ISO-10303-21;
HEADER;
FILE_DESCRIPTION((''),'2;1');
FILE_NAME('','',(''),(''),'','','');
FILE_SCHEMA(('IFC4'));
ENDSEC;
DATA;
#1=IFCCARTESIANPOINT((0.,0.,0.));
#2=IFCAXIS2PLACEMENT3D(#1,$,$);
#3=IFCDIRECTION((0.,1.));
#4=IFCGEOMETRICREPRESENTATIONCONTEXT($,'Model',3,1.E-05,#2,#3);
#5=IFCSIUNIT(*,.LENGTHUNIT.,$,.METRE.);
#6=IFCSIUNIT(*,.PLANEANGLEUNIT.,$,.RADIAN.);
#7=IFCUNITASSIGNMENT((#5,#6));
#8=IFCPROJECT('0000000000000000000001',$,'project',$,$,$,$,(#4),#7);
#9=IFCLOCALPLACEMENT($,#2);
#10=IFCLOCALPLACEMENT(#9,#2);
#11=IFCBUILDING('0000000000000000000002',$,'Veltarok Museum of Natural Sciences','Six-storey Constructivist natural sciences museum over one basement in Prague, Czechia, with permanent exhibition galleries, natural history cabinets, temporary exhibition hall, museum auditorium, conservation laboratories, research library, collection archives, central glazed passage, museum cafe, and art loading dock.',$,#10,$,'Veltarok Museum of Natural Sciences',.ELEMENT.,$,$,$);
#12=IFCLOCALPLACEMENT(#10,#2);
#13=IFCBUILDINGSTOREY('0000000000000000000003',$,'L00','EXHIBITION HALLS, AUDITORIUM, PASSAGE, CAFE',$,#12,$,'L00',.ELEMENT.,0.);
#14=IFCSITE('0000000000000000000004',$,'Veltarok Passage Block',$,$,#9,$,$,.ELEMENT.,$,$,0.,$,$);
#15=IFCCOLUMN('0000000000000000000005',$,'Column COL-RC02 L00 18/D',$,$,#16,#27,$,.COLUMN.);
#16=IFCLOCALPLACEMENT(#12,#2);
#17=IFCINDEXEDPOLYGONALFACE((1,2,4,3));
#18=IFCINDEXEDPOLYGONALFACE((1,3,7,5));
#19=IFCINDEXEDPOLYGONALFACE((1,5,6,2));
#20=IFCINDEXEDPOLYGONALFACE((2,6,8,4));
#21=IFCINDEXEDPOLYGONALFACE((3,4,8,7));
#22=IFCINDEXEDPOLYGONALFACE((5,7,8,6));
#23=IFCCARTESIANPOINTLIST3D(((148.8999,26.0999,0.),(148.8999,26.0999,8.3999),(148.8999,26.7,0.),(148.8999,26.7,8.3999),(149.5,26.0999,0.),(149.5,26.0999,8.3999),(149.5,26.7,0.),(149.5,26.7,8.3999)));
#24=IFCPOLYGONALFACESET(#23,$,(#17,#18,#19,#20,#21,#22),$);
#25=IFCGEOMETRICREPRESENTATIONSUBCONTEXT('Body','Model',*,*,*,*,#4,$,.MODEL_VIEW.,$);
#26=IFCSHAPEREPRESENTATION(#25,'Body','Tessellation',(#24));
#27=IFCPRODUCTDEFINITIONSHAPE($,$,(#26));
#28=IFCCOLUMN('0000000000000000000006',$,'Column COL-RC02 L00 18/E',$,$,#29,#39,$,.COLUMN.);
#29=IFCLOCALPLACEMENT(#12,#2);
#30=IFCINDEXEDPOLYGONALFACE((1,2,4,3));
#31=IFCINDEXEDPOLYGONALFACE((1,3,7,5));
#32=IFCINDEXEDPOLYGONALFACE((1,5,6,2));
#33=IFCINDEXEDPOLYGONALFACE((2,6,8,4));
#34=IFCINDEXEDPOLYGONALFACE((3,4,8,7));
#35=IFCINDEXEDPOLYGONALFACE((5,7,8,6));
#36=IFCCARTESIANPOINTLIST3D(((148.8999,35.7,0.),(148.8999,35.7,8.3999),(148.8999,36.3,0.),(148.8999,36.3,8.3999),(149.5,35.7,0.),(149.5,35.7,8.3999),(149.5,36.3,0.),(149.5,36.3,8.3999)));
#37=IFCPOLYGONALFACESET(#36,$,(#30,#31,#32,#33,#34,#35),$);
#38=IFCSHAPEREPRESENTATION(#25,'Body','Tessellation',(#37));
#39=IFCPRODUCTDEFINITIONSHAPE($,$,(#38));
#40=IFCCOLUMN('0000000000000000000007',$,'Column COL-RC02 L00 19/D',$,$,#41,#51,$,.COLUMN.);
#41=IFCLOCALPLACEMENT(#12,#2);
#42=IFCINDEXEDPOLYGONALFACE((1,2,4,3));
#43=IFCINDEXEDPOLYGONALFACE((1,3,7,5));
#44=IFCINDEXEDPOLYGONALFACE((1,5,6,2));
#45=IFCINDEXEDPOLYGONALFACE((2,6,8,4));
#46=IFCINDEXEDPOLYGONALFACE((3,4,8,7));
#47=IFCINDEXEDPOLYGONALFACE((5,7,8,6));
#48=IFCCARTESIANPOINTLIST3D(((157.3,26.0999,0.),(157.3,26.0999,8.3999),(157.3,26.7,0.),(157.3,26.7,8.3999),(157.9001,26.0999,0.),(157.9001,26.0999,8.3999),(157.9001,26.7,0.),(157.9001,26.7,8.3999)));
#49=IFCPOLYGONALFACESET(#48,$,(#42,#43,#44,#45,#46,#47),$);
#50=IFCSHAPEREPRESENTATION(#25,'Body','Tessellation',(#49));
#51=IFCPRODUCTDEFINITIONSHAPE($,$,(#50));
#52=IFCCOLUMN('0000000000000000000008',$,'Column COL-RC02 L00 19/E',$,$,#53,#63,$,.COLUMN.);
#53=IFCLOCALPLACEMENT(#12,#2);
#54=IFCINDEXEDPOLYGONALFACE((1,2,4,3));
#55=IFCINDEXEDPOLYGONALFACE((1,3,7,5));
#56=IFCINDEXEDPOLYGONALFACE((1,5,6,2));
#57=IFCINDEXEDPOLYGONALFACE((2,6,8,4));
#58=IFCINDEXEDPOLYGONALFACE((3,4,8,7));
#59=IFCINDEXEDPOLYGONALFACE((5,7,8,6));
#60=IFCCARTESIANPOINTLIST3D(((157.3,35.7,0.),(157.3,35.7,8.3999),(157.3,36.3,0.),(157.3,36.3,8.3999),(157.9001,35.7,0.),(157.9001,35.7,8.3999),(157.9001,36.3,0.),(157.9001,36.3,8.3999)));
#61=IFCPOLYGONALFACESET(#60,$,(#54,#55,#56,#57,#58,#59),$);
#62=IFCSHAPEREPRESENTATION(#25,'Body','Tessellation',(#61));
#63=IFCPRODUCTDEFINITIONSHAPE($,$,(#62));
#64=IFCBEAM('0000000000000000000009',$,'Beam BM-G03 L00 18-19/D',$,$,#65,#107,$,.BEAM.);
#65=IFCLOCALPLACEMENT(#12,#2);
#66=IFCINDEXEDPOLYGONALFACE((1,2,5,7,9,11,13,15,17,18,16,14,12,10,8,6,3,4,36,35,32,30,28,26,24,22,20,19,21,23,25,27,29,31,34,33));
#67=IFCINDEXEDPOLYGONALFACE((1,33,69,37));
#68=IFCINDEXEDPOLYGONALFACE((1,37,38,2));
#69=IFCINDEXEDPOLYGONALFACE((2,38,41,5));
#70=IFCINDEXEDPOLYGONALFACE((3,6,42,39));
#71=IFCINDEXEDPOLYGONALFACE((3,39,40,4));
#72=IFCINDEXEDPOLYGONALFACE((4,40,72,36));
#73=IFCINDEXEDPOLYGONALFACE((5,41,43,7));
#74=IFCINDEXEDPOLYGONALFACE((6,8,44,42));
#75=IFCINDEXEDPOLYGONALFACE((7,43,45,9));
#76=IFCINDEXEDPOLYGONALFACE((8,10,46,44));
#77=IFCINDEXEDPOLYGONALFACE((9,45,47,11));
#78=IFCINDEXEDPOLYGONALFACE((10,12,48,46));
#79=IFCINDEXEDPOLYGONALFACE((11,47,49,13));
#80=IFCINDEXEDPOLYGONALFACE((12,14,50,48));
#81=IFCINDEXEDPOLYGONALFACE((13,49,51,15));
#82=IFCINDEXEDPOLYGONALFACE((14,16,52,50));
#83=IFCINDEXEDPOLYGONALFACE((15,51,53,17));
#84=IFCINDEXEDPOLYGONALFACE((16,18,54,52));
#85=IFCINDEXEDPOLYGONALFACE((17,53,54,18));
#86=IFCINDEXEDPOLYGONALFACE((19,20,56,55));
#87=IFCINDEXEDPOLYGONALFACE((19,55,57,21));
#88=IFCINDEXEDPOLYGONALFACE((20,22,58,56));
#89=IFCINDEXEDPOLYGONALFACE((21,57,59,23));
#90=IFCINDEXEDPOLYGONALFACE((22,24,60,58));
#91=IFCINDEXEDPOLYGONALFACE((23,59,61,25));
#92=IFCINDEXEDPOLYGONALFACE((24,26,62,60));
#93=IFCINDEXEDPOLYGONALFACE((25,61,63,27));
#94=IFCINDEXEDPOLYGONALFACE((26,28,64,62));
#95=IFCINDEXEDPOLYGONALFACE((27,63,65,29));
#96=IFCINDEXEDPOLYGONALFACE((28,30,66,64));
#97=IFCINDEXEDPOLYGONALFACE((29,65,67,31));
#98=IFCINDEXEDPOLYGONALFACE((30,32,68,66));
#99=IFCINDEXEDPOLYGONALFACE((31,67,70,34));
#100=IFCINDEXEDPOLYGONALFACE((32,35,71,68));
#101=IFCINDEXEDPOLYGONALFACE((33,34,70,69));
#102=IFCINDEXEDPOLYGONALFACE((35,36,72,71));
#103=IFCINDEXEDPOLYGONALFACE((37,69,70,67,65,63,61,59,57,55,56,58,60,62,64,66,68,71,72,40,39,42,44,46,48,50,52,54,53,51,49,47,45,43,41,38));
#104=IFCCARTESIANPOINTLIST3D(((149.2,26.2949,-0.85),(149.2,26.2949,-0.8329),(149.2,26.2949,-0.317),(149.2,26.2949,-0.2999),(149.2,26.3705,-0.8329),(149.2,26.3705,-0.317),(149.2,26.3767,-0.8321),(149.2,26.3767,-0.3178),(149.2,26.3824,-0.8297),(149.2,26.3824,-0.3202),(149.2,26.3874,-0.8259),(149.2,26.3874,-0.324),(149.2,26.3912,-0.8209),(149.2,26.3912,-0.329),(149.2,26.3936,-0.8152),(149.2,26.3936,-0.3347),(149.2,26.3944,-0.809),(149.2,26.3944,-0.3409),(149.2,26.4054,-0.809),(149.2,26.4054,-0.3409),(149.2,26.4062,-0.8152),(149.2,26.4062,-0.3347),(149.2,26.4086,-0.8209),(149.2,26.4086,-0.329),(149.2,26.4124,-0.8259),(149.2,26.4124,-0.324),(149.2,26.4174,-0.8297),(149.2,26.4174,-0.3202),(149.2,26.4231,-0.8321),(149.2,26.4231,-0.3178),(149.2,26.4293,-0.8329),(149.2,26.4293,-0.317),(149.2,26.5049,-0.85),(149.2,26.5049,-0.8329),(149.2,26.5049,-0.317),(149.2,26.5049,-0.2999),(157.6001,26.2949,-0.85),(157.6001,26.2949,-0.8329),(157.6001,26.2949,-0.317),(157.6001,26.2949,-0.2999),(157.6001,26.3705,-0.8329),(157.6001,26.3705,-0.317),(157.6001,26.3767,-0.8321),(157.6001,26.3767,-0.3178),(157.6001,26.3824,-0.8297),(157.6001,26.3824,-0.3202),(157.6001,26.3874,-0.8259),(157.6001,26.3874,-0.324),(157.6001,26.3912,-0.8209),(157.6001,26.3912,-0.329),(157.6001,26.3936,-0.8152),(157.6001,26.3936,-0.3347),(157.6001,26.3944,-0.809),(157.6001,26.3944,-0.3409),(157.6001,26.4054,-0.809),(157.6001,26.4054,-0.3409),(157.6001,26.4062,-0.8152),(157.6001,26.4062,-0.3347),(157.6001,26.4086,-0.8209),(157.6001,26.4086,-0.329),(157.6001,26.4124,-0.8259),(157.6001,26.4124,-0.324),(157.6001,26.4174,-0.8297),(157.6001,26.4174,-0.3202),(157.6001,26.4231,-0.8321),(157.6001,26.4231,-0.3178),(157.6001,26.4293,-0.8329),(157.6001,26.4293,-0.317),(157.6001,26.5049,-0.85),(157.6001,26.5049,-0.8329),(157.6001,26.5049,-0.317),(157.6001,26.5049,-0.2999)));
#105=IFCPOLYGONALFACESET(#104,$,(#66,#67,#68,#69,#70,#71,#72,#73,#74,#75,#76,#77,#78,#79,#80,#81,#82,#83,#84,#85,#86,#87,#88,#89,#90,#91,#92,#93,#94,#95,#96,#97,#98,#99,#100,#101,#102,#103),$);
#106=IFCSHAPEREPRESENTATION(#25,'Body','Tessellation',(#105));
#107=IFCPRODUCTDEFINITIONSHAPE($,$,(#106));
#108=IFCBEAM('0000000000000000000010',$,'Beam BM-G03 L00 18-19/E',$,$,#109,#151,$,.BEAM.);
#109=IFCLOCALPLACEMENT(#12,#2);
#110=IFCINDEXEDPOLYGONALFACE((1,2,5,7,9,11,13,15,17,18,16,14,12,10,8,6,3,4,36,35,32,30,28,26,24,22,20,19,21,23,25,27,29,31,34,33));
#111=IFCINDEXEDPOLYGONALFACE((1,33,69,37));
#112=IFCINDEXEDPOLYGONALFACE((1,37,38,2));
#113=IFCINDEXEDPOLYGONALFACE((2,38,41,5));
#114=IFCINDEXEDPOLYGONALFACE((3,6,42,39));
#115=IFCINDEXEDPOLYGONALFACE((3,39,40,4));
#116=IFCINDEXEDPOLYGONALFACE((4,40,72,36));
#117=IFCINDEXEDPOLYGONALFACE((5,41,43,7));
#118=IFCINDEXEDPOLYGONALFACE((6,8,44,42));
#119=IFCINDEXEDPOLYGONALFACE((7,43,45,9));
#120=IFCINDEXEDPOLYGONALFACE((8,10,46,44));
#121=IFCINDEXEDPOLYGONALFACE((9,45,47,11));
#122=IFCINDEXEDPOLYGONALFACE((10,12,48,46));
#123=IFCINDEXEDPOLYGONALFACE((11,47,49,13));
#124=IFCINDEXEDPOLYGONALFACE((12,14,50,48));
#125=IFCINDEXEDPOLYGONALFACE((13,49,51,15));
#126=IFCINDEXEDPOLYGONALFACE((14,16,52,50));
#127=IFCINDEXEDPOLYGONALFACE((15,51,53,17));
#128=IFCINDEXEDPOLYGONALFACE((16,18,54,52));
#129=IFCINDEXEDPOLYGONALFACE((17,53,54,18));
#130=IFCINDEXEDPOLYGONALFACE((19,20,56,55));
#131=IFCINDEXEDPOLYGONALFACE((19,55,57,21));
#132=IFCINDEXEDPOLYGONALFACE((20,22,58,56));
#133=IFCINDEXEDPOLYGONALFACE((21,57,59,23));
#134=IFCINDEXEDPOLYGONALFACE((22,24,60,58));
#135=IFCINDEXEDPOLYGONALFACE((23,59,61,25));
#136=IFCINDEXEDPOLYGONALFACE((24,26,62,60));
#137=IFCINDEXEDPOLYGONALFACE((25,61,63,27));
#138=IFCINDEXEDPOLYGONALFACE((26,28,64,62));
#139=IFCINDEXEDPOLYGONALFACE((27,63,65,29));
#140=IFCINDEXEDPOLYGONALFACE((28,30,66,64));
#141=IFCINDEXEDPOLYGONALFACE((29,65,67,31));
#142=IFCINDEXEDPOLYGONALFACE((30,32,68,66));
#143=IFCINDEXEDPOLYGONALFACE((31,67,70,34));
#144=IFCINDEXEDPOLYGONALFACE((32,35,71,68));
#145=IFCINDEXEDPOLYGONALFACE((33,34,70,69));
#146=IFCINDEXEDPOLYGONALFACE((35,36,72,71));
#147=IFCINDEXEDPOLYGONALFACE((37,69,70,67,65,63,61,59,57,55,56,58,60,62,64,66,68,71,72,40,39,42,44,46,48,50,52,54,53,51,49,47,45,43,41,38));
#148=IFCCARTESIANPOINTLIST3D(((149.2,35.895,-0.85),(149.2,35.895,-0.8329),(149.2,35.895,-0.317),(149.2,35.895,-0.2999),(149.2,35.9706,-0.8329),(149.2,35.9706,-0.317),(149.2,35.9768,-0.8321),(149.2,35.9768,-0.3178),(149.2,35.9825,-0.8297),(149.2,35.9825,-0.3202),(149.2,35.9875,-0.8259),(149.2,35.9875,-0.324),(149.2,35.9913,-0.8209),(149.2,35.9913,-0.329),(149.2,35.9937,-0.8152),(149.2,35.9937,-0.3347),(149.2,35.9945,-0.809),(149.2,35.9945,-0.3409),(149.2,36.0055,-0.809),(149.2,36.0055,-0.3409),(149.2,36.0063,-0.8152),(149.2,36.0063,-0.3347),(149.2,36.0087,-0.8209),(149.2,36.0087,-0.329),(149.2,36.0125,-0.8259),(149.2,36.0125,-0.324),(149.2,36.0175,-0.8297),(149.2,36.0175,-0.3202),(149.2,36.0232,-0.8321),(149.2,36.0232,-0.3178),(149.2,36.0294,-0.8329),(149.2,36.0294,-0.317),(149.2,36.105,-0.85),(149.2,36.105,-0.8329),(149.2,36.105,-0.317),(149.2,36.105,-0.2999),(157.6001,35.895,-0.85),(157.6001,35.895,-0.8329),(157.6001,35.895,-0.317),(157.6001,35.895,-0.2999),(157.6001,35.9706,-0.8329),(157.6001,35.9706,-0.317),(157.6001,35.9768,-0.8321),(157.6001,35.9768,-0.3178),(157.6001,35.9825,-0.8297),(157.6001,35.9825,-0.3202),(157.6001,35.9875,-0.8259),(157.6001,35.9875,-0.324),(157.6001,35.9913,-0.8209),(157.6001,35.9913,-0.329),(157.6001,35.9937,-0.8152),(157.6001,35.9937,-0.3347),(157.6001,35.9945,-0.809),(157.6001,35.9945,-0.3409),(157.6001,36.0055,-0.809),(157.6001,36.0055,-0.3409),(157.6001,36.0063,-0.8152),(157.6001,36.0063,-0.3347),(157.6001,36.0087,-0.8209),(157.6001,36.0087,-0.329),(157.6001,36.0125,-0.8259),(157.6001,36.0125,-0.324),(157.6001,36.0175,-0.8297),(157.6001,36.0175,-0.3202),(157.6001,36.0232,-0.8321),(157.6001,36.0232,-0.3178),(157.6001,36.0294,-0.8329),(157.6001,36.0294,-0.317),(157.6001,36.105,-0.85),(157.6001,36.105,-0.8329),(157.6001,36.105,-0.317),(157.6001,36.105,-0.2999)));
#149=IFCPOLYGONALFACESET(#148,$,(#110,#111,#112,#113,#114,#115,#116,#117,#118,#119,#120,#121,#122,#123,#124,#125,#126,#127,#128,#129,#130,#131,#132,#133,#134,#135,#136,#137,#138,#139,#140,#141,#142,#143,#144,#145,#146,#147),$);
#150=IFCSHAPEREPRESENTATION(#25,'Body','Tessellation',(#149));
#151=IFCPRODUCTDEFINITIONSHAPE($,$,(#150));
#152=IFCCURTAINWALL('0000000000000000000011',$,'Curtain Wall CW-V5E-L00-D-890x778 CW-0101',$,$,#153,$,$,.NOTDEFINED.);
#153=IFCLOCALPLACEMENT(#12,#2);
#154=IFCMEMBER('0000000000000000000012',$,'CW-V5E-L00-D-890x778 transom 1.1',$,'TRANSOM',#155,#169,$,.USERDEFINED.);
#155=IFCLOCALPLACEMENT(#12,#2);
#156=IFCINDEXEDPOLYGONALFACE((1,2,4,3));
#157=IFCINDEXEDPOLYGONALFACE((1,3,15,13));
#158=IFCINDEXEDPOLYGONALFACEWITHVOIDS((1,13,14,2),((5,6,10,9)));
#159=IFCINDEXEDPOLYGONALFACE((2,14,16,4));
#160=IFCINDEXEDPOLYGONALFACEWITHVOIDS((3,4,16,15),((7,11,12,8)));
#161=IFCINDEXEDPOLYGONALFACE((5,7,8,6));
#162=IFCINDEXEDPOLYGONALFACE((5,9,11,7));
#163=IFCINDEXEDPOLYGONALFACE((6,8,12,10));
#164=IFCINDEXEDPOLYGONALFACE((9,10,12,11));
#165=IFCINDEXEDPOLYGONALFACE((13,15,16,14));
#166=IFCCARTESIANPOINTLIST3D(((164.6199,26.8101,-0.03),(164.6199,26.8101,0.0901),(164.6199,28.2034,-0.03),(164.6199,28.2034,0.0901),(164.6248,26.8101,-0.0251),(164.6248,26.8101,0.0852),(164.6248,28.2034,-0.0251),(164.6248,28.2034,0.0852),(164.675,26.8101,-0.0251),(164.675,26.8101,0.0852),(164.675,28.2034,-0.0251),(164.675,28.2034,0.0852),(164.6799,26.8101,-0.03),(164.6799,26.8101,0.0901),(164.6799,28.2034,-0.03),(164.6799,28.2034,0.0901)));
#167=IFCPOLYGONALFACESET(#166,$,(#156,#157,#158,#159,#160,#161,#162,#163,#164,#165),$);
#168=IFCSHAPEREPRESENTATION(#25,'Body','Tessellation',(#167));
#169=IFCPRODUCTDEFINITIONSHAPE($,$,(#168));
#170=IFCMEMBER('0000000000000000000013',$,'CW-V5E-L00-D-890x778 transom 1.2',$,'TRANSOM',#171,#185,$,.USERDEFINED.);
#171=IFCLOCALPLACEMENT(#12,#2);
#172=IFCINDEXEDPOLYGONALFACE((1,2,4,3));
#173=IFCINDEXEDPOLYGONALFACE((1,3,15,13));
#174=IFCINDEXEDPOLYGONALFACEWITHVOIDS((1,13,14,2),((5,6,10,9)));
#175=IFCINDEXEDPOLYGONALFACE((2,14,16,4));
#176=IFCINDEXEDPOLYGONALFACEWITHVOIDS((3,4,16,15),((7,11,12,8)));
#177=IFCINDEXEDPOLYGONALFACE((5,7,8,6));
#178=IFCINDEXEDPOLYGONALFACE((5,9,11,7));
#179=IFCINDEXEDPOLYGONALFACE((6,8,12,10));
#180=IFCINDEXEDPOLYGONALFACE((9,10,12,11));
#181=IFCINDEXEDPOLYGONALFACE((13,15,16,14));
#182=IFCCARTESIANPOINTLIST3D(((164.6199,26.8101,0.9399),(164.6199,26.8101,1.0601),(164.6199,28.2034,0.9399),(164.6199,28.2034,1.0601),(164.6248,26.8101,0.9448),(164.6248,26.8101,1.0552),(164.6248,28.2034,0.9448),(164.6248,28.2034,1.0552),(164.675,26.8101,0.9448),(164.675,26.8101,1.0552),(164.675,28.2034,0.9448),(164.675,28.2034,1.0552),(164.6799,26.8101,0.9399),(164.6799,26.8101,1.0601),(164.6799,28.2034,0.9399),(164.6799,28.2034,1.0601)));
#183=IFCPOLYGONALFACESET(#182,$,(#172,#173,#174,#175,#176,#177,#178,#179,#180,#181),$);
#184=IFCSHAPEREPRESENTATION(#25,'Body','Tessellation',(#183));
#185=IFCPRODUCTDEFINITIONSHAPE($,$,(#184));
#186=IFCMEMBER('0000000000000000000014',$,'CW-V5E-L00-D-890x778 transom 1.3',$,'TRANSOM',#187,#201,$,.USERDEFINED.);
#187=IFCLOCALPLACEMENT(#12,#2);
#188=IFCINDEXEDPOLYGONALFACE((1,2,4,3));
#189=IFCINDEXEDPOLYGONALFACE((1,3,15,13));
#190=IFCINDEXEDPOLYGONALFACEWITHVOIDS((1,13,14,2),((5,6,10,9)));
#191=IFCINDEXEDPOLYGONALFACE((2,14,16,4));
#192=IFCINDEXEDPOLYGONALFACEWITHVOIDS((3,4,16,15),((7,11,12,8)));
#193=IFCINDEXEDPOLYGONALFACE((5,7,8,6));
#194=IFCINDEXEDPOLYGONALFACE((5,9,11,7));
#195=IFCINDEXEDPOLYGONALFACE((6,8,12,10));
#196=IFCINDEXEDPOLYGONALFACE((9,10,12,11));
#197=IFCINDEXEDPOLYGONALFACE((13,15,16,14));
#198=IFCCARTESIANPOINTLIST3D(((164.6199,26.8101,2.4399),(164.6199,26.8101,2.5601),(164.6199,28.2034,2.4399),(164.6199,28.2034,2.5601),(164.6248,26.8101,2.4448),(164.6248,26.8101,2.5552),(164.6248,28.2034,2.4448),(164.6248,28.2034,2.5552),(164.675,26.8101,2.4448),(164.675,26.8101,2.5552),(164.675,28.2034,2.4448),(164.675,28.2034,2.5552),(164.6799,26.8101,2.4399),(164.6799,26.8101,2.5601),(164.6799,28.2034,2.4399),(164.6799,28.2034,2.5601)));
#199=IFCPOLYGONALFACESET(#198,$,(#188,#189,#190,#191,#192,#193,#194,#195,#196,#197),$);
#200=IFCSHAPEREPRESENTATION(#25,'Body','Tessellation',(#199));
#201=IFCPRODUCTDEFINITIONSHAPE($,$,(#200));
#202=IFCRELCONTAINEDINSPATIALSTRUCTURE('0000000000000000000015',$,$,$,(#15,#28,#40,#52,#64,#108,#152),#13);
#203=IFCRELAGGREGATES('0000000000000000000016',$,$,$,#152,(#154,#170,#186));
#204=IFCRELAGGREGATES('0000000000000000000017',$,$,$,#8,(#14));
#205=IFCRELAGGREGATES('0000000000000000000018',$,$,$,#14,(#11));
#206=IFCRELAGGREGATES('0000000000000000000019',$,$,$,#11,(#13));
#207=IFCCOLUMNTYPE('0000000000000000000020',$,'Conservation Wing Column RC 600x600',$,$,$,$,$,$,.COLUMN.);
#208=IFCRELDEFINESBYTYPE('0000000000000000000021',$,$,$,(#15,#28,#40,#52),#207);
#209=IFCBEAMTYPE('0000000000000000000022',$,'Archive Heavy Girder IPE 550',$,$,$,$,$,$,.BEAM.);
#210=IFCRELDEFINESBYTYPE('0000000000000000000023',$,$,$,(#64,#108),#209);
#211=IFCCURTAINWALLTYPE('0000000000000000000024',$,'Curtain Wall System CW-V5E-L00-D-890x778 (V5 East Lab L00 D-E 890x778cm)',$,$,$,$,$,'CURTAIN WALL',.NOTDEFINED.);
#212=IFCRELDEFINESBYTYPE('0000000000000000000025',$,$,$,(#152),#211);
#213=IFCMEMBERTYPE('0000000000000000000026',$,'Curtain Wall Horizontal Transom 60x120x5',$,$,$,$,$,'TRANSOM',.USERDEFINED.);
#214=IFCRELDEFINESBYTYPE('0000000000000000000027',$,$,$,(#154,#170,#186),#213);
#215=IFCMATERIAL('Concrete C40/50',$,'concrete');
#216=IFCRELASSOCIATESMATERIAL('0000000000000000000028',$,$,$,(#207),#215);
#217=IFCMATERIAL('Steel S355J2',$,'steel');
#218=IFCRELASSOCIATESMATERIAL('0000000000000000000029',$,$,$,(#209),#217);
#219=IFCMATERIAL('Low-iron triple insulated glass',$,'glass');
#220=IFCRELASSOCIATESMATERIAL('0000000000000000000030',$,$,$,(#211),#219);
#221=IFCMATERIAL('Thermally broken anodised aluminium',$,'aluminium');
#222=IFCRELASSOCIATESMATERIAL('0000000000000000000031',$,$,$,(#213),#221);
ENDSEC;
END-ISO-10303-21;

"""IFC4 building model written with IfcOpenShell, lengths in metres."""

from ifc_helpers import new_model, si_unit, direction, frame, origin, origin_2d, place, context, subcontext, project, spatial, rectangle, hollow_rectangle, i_section, extrude, material, material_profile, profile_set, type_object, element, aggregate, save


model = new_model("IFC4")

# Units and contexts
model_context = context("Model", 3, precision=1e-05, world=origin(), true_north=direction((0.0, 1.0)))
body_context = subcontext(model_context, "Body", "Model", "MODEL_VIEW")
ifc_project = project(units=[si_unit("LENGTHUNIT", "METRE"), si_unit("PLANEANGLEUNIT", "RADIAN")], contexts=[model_context])

# Site, building, storey
site_placement = place(None, origin())
site = spatial("IfcSite", under=ifc_project, at=site_placement, Name="Veltarok Passage Block", CompositionType="ELEMENT", RefElevation=0.0)
building_placement = place(site_placement, origin())
building = spatial("IfcBuilding", under=site, at=building_placement, Name="Veltarok Museum of Natural Sciences", Description="Six-storey Constructivist natural sciences museum over one basement in Prague, Czechia, with permanent exhibition galleries, natural history cabinets, temporary exhibition hall, museum auditorium, conservation laboratories, research library, collection archives, central glazed passage, museum cafe, and art loading dock.", LongName="Veltarok Museum of Natural Sciences", CompositionType="ELEMENT")
storey_placement = place(building_placement, origin())
storey = spatial("IfcBuildingStorey", under=building, at=storey_placement, Name="L00", Description="EXHIBITION HALLS, AUDITORIUM, PASSAGE, CAFE", LongName="L00", CompositionType="ELEMENT", Elevation=0.0)

# Columns
ifc_material_1 = material(Name="Concrete C40/50", Category="concrete")
ifc_material_profile_1 = material_profile(ifc_material_1, rectangle(XDim=0.6001, YDim=0.6001, at=origin_2d()), Name="RC 600x600")
ifc_profile_set_1 = profile_set([ifc_material_profile_1], Name="Concrete C40/50")
column_type = type_object("IfcColumnType", Name="Conservation Wing Column RC 600x600", PredefinedType="COLUMN", material=ifc_profile_set_1)
for number, where, z_axis, x_axis, name in (
    (1, (149.2, 26.3999, 0.0), (0.0, 0.0, 1.0), (1.0, 0.0, 0.0), "Column COL-RC02 L00 18/D"),
    (2, (149.2, 36.0, 0.0), (0.0, 0.0, 1.0), (1.0, 0.0, 0.0), "Column COL-RC02 L00 18/E"),
    (3, (157.6001, 26.3999, 0.0), (0.0, 0.0, 1.0), (1.0, 0.0, 0.0), "Column COL-RC02 L00 19/D"),
    (4, (157.6001, 36.0, 0.0), (0.0, 0.0, 1.0), (1.0, 0.0, 0.0), "Column COL-RC02 L00 19/E"),
):
    element("IfcColumn", number, at=place(storey_placement, frame(where, z_axis=z_axis, x_axis=x_axis)), inside=storey, type_object=column_type, Name=name, PredefinedType="COLUMN", context=body_context, shape_type="SweptSolid", body=[
        extrude(rectangle(XDim=0.6001, YDim=0.6001, at=origin_2d()), origin(), (0.0, 0.0, 1.0), 8.3999),
    ])

# Beams
ifc_material_2 = material(Name="Steel S355J2", Category="steel")
ifc_material_profile_2 = material_profile(ifc_material_2, i_section(OverallWidth=0.21, OverallDepth=0.55, WebThickness=0.011, FlangeThickness=0.0171, FilletRadius=0.0239, at=origin_2d()), Name="IPE 550")
ifc_profile_set_2 = profile_set([ifc_material_profile_2], Name="Steel S355J2")
beam_type_1 = type_object("IfcBeamType", Name="Archive Heavy Girder IPE 550", PredefinedType="BEAM", material=ifc_profile_set_2)
for number, where, z_axis, x_axis, name in (
    (5, (149.2, 26.3999, -0.575), (1.0, 0.0, 0.0), (0.0, 1.0, 0.0), "Beam BM-G03 L00 18-19/D"),
    (6, (149.2, 36.0, -0.575), (1.0, 0.0, 0.0), (0.0, 1.0, 0.0), "Beam BM-G03 L00 18-19/E"),
):
    element("IfcBeam", number, at=place(storey_placement, frame(where, z_axis=z_axis, x_axis=x_axis)), inside=storey, type_object=beam_type_1, Name=name, PredefinedType="BEAM", context=body_context, shape_type="SweptSolid", body=[
        extrude(i_section(OverallWidth=0.21, OverallDepth=0.55, WebThickness=0.011, FlangeThickness=0.0171, FilletRadius=0.0239, at=origin_2d()), origin(), (0.0, 0.0, 1.0), 8.4001),
    ])

# Curtain wall, members
ifc_material_3 = material(Name="Low-iron triple insulated glass", Category="glass")
curtain_wall_type = type_object("IfcCurtainWallType", Name="Curtain Wall System CW-V5E-L00-D-890x778 (V5 East Lab L00 D-E 890x778cm)", ElementType="CURTAIN WALL", PredefinedType="NOTDEFINED", material=ifc_material_3)
curtain_wall_placement = place(storey_placement, origin())
curtain_wall = element("IfcCurtainWall", 7, at=curtain_wall_placement, inside=storey, type_object=curtain_wall_type, Name="Curtain Wall CW-V5E-L00-D-890x778 CW-0101", PredefinedType="NOTDEFINED")
ifc_material_4 = material(Name="Thermally broken anodised aluminium", Category="aluminium")
ifc_material_profile_3 = material_profile(ifc_material_4, hollow_rectangle(XDim=0.0601, YDim=0.1201, WallThickness=0.0049, at=origin_2d()), Name="CW TRANSOM 60x120x5")
ifc_profile_set_3 = profile_set([ifc_material_profile_3], Name="Thermally broken anodised aluminium")
member_type_1 = type_object("IfcMemberType", Name="Curtain Wall Horizontal Transom 60x120x5", ElementType="TRANSOM", PredefinedType="USERDEFINED", material=ifc_profile_set_3)
member_1_placement = place(storey_placement, frame((164.6499, 26.8101, 0.03), z_axis=(0.0, 1.0, 0.0), x_axis=(-1.0, 0.0, 0.0)))
member_1 = element("IfcMember", 8, at=member_1_placement, type_object=member_type_1, Name="CW-V5E-L00-D-890x778 transom 1.1", ObjectType="TRANSOM", PredefinedType="USERDEFINED", context=body_context, shape_type="SweptSolid", body=[
    extrude(hollow_rectangle(XDim=0.0601, YDim=0.1201, WallThickness=0.0049, at=origin_2d()), origin(), (0.0, 0.0, 1.0), 1.3933),
])
member_2_placement = place(storey_placement, frame((164.6499, 26.8101, 1.0), z_axis=(0.0, 1.0, 0.0), x_axis=(-1.0, 0.0, 0.0)))
member_2 = element("IfcMember", 9, at=member_2_placement, type_object=member_type_1, Name="CW-V5E-L00-D-890x778 transom 1.2", ObjectType="TRANSOM", PredefinedType="USERDEFINED", context=body_context, shape_type="SweptSolid", body=[
    extrude(hollow_rectangle(XDim=0.0601, YDim=0.1201, WallThickness=0.0049, at=origin_2d()), origin(), (0.0, 0.0, 1.0), 1.3933),
])
member_3_placement = place(storey_placement, frame((164.6499, 26.8101, 2.5), z_axis=(0.0, 1.0, 0.0), x_axis=(-1.0, 0.0, 0.0)))
member_3 = element("IfcMember", 10, at=member_3_placement, type_object=member_type_1, Name="CW-V5E-L00-D-890x778 transom 1.3", ObjectType="TRANSOM", PredefinedType="USERDEFINED", context=body_context, shape_type="SweptSolid", body=[
    extrude(hollow_rectangle(XDim=0.0601, YDim=0.1201, WallThickness=0.0049, at=origin_2d()), origin(), (0.0, 0.0, 1.0), 1.3933),
])

aggregate(curtain_wall, [member_1, member_2, member_3])

save(model, "model.ifc")
